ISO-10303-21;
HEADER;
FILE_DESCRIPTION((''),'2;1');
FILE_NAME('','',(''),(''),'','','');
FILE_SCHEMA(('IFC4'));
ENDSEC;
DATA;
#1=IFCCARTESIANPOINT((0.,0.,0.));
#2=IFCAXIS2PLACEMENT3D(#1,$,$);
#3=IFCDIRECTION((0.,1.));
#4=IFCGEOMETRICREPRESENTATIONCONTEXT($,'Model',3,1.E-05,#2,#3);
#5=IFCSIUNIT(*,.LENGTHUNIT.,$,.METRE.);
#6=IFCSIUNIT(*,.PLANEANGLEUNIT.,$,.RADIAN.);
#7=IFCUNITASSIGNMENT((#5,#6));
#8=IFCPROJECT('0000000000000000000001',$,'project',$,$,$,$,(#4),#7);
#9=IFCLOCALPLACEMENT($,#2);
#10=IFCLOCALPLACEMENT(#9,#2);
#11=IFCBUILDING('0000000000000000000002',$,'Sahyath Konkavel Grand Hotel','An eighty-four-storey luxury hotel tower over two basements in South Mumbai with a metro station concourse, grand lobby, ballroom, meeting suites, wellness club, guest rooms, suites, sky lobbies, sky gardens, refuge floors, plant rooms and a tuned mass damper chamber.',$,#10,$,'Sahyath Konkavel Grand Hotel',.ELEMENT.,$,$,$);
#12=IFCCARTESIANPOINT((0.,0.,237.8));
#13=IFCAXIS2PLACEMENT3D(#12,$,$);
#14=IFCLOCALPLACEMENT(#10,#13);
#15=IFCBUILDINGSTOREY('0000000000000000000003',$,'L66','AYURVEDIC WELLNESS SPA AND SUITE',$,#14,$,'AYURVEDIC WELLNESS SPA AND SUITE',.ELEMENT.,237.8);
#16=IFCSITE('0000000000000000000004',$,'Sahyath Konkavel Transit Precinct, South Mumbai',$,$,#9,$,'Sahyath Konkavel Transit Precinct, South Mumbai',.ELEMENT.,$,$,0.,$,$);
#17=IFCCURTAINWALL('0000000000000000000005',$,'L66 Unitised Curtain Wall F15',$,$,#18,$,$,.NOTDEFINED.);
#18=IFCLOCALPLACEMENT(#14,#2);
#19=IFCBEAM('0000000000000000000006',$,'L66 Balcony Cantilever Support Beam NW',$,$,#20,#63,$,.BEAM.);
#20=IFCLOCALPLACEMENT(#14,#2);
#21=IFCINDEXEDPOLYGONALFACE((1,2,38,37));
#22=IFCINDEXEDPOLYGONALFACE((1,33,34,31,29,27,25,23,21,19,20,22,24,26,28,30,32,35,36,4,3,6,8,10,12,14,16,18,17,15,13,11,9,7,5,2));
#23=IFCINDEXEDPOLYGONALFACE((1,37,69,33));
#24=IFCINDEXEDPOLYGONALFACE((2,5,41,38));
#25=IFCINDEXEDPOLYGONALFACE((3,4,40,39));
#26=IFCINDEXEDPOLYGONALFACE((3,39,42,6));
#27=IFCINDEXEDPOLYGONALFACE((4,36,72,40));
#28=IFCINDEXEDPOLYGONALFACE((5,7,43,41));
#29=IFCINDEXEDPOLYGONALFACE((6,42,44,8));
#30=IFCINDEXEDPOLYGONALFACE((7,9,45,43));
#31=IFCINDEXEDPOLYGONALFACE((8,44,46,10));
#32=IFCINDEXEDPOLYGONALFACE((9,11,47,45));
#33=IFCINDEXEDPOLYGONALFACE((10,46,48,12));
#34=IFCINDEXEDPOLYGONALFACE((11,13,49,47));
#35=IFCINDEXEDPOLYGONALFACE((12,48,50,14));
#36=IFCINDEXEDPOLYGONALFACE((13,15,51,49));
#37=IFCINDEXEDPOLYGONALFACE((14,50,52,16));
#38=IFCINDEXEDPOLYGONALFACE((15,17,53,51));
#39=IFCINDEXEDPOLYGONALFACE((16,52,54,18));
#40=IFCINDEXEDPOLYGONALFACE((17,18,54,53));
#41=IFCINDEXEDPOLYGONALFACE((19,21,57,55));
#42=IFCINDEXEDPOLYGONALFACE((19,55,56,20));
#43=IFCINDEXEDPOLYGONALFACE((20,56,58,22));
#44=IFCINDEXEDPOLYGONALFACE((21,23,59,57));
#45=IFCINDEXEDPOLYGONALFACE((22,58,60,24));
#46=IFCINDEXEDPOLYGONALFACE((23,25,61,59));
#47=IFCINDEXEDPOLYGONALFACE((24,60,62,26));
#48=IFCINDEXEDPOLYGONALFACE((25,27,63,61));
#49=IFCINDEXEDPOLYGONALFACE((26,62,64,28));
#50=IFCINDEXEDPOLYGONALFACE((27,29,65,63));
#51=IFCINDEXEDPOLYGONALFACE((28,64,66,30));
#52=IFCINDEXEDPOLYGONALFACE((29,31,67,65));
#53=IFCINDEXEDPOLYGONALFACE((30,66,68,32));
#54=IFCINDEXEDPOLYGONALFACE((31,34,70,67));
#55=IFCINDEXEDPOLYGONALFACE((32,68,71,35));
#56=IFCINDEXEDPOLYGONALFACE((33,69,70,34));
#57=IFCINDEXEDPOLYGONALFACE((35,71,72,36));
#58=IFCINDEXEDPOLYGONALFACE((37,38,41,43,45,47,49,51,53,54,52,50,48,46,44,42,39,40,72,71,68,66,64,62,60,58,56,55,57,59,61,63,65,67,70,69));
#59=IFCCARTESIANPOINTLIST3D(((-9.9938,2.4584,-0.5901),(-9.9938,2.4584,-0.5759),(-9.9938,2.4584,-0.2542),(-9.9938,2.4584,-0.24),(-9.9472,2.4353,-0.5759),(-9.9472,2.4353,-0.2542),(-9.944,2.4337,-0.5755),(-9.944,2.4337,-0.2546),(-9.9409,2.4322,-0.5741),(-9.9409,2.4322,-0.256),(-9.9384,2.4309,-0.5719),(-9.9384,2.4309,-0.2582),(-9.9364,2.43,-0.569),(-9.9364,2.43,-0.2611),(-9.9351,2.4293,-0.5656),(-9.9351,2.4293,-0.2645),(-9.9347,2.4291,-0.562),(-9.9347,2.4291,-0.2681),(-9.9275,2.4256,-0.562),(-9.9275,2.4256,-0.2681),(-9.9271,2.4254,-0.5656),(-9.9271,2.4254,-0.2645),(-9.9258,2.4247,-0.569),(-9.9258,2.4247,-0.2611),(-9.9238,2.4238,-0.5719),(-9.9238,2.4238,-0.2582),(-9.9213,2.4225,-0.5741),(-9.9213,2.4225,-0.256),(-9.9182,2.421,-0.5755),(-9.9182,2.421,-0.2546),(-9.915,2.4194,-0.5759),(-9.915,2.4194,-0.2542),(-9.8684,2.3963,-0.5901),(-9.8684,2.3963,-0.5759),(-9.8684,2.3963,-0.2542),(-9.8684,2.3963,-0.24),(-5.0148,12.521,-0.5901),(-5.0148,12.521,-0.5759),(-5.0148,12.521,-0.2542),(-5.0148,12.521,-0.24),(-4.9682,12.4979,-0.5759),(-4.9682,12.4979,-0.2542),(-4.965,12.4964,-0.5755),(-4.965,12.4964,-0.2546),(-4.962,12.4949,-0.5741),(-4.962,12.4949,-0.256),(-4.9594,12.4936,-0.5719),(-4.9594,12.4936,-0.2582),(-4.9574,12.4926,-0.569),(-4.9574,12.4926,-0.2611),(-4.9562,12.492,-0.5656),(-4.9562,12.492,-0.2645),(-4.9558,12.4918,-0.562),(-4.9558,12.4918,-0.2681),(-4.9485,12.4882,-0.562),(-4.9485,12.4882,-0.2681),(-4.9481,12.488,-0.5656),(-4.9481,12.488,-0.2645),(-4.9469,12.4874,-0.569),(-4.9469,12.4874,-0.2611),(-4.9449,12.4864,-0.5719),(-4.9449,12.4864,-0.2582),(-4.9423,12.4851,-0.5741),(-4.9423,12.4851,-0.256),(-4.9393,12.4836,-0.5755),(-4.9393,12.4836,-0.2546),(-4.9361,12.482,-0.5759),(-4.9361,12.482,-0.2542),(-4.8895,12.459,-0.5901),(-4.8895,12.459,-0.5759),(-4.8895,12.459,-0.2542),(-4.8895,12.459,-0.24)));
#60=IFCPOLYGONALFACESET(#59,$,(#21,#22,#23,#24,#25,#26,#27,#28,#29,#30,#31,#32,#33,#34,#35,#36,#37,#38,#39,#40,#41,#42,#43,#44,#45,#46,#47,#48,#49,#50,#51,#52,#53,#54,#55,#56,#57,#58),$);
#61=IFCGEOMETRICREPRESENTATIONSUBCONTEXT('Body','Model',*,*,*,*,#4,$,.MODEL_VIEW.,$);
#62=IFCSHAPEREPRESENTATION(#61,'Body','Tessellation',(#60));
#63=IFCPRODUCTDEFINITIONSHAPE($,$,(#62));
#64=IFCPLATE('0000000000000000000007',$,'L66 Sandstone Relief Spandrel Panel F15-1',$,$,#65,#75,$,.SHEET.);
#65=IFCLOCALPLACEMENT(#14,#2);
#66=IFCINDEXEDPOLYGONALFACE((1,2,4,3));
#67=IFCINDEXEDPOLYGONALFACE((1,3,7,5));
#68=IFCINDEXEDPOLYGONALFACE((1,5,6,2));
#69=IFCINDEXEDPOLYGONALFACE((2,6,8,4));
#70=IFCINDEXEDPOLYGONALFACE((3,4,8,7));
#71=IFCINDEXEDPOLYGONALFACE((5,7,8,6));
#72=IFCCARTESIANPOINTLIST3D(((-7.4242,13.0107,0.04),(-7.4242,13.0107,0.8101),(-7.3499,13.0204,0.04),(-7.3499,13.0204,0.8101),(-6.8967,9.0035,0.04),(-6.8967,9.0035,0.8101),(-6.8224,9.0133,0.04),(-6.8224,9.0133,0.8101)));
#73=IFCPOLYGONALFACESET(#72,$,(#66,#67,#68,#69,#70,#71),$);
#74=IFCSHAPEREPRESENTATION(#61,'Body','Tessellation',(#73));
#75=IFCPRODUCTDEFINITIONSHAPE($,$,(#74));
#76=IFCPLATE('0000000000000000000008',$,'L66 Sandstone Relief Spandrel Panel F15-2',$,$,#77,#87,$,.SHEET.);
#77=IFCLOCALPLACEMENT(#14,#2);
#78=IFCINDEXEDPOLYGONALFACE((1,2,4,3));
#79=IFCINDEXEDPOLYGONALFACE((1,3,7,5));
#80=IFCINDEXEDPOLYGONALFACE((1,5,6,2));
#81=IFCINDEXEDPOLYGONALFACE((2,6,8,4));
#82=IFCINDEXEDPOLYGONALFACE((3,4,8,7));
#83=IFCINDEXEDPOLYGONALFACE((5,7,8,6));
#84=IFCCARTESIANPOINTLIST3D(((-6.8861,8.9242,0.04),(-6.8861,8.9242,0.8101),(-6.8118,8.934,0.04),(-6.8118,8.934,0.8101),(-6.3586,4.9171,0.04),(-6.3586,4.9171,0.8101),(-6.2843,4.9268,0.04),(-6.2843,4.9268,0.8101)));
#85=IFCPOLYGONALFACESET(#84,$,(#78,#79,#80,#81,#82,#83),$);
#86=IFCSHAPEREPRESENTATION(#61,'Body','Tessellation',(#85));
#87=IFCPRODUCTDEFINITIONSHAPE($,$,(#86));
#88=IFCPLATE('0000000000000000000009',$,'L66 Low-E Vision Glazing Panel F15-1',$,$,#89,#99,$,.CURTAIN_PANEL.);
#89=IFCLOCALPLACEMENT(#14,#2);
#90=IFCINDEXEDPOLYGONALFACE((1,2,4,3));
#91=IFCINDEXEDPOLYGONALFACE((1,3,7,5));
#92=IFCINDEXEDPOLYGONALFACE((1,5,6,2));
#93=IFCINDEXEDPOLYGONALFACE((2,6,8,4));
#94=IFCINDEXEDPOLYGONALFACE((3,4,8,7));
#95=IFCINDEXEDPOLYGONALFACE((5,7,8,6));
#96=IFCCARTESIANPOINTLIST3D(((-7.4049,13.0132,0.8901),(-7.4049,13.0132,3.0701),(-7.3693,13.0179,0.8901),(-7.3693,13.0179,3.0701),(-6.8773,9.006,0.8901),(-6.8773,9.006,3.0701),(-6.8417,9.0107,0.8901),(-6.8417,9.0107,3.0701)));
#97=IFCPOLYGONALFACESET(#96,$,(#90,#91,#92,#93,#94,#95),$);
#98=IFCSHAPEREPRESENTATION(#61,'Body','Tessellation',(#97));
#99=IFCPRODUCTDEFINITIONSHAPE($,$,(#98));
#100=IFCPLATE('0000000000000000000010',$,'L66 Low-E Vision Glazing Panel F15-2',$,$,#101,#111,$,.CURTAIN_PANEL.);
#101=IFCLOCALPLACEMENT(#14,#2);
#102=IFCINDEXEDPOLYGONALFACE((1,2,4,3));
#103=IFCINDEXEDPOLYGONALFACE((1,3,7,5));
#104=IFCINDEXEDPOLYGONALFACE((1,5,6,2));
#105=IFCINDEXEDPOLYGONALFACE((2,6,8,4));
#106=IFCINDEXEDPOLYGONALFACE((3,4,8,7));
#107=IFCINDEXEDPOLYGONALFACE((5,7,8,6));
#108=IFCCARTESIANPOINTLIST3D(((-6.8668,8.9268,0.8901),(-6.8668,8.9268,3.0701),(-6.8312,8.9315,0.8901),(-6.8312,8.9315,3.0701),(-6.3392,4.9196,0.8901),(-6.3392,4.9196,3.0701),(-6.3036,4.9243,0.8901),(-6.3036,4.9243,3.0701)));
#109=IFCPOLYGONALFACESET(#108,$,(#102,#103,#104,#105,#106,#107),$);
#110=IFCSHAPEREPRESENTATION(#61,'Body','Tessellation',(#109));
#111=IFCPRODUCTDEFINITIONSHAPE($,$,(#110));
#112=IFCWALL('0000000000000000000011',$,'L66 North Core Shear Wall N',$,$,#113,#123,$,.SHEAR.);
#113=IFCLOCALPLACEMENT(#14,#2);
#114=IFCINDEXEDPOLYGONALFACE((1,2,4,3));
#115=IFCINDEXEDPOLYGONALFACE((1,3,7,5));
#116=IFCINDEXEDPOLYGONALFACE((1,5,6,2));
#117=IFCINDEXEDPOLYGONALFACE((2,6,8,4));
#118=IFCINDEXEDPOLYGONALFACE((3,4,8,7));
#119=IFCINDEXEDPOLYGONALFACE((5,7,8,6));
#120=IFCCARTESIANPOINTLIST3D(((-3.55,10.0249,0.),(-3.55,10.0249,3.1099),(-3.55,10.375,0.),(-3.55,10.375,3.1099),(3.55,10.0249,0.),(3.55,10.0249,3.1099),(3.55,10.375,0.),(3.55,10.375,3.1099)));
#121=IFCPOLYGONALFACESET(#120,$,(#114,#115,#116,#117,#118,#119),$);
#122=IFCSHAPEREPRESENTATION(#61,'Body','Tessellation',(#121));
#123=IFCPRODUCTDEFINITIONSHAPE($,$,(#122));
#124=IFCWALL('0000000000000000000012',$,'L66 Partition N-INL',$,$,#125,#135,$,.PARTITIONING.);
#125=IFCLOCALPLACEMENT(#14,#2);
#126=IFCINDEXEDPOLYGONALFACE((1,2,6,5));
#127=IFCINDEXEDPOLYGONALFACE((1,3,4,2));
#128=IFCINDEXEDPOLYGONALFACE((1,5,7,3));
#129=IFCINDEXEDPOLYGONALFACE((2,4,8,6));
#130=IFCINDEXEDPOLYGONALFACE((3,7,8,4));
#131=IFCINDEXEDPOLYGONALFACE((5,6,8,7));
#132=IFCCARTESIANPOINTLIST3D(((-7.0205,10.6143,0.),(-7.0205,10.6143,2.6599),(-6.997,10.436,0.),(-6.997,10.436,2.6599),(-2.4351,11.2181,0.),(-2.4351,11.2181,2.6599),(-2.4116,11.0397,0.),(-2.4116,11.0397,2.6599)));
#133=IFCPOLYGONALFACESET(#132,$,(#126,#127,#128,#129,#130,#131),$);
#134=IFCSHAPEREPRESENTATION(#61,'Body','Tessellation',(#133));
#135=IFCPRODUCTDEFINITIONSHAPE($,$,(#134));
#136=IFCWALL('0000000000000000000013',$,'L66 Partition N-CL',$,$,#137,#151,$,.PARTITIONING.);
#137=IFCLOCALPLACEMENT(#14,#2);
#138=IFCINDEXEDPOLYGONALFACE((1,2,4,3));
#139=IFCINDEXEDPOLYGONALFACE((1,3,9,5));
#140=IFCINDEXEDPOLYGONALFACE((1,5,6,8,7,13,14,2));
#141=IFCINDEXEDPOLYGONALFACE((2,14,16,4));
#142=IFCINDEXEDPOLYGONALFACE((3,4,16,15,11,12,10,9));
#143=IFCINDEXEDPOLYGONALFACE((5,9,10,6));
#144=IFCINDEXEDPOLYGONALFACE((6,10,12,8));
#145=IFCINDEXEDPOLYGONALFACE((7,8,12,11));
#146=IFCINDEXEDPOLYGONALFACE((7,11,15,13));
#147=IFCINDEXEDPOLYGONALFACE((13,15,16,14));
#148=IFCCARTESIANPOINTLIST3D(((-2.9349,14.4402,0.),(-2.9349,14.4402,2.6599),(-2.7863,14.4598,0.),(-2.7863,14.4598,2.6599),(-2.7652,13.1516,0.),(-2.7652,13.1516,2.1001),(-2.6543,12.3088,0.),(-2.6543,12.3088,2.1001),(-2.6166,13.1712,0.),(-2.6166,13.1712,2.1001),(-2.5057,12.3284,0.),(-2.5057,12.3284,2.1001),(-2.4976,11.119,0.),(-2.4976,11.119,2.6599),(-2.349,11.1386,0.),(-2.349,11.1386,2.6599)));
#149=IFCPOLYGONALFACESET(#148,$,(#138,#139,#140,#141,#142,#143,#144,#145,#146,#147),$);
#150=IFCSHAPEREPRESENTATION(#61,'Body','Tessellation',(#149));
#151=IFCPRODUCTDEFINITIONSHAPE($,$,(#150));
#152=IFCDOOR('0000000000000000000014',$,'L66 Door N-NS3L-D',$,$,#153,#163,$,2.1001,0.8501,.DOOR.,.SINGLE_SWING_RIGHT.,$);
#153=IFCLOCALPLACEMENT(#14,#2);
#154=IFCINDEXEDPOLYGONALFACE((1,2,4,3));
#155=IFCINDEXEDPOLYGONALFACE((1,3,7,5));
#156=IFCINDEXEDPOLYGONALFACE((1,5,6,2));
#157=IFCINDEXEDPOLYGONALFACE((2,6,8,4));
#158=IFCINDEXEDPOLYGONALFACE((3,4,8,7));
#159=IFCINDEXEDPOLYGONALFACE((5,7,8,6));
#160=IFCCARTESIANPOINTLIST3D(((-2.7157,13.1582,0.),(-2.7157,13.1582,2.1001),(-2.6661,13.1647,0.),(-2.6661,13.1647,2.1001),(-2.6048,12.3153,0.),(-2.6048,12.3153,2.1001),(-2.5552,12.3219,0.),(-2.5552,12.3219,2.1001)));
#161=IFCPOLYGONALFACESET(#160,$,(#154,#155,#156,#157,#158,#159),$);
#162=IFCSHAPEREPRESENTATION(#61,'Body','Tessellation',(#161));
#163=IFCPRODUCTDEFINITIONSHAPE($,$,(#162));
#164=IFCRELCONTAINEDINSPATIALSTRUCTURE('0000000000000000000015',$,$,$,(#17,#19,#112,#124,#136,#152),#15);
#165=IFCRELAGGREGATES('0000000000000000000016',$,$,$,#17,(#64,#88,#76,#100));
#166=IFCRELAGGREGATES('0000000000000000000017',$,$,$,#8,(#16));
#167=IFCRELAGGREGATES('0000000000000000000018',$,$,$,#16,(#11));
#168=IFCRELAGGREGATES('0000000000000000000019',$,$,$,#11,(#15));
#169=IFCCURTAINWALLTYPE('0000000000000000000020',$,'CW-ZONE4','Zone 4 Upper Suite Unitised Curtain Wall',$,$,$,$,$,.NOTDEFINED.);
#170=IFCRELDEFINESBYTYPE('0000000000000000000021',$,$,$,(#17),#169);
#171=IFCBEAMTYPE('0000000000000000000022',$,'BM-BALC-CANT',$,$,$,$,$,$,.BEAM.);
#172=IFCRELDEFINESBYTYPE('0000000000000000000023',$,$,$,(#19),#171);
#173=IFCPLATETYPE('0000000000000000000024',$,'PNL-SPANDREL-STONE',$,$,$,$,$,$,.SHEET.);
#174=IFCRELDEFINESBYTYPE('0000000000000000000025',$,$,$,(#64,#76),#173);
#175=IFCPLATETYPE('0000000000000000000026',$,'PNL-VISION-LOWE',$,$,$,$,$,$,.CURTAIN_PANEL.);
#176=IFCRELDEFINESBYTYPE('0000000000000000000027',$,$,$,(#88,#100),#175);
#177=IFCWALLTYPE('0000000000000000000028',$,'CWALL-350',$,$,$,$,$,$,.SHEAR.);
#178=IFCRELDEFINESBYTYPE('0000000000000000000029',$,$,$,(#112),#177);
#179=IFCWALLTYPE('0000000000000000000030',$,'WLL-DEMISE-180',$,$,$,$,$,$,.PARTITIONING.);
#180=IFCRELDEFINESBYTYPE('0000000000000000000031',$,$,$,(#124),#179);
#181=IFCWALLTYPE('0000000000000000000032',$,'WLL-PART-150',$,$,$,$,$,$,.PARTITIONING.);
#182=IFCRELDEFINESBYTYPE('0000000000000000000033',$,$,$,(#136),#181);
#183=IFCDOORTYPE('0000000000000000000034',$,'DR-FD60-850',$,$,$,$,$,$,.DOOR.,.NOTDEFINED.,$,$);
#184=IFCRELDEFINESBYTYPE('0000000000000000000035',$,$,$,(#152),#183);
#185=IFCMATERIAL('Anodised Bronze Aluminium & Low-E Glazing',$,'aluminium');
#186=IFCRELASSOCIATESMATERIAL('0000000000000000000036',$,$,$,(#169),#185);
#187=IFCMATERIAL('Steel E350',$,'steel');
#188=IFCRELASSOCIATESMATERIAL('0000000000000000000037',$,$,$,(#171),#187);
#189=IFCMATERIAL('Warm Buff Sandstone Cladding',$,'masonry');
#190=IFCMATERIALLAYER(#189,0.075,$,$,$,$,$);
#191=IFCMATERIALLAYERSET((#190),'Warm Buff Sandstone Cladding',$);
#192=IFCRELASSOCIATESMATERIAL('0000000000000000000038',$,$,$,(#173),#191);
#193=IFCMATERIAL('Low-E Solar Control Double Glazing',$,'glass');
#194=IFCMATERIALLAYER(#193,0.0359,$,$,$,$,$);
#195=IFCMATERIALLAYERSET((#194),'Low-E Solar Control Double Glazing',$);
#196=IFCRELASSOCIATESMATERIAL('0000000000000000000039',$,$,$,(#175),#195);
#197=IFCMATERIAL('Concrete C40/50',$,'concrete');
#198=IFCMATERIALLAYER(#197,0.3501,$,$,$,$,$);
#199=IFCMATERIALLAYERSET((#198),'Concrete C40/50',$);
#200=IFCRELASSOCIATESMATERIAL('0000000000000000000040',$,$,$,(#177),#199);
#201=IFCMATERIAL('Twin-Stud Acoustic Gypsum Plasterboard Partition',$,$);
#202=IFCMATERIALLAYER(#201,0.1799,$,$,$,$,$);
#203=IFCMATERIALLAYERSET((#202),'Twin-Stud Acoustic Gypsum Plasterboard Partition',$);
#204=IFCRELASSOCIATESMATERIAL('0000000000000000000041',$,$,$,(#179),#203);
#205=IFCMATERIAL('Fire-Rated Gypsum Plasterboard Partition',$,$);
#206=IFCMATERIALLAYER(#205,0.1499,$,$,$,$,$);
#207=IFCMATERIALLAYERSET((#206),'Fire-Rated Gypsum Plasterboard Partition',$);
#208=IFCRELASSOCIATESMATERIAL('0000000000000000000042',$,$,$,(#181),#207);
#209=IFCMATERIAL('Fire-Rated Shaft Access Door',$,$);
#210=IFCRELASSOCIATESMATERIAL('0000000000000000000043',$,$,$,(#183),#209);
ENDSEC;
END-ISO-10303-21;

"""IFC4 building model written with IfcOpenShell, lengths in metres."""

from ifc_helpers import new_model, si_unit, direction, frame, frame_2d, origin, origin_2d, place, context, subcontext, project, spatial, rectangle, i_section, extrude, source, transform, mapped, material, layer, layer_set, material_profile, profile_set, type_object, element, fill, aggregate, save


model = new_model("IFC4")

# Units and contexts
model_context = context("Model", 3, precision=1e-05, world=origin(), true_north=direction((0.0, 1.0)))
body_context = subcontext(model_context, "Body", "Model", "MODEL_VIEW")
ifc_project = project(units=[si_unit("LENGTHUNIT", "METRE"), si_unit("PLANEANGLEUNIT", "RADIAN")], contexts=[model_context])

# Site, building, storey
site_placement = place(None, origin())
site = spatial("IfcSite", under=ifc_project, at=site_placement, Name="Sahyath Konkavel Transit Precinct, South Mumbai", LongName="Sahyath Konkavel Transit Precinct, South Mumbai", CompositionType="ELEMENT", RefElevation=0.0)
building_placement = place(site_placement, origin())
building = spatial("IfcBuilding", under=site, at=building_placement, Name="Sahyath Konkavel Grand Hotel", Description="An eighty-four-storey luxury hotel tower over two basements in South Mumbai with a metro station concourse, grand lobby, ballroom, meeting suites, wellness club, guest rooms, suites, sky lobbies, sky gardens, refuge floors, plant rooms and a tuned mass damper chamber.", LongName="Sahyath Konkavel Grand Hotel", CompositionType="ELEMENT")
storey_placement = place(building_placement, frame((0.0, 0.0, 237.8)))
storey = spatial("IfcBuildingStorey", under=building, at=storey_placement, Name="L66", Description="AYURVEDIC WELLNESS SPA AND SUITE", LongName="AYURVEDIC WELLNESS SPA AND SUITE", CompositionType="ELEMENT", Elevation=237.8)

# Shared definitions
ifc_material_1 = material(Name="Steel E350", Category="steel")

# Curtain wall
ifc_material_2 = material(Name="Anodised Bronze Aluminium & Low-E Glazing", Category="aluminium")
curtain_wall_type = type_object("IfcCurtainWallType", Name="CW-ZONE4", Description="Zone 4 Upper Suite Unitised Curtain Wall", PredefinedType="NOTDEFINED", material=ifc_material_2)
curtain_wall_placement = place(storey_placement, origin())
curtain_wall = element("IfcCurtainWall", 1, at=curtain_wall_placement, inside=storey, type_object=curtain_wall_type, Name="L66 Unitised Curtain Wall F15", PredefinedType="NOTDEFINED")

# Beam
ifc_material_profile_1 = material_profile(ifc_material_1, i_section(OverallWidth=0.1399, OverallDepth=0.3501, WebThickness=0.0081, FlangeThickness=0.0142, FilletRadius=0.0139, at=origin_2d()), Name="ISMB 350")
ifc_profile_set_1 = profile_set([ifc_material_profile_1], Name="Steel E350")
beam_type_1 = type_object("IfcBeamType", Name="BM-BALC-CANT", PredefinedType="BEAM", material=ifc_profile_set_1)
shared_shape_1 = source(origin(), body_context, "Body", "SweptSolid", [
    extrude(i_section(OverallWidth=0.1399, OverallDepth=0.3501, WebThickness=0.0081, FlangeThickness=0.0142, FilletRadius=0.0139, at=origin_2d()), origin(), (0.0, 0.0, 1.0), 11.2271),
])
beam_1_placement = place(storey_placement, frame((-4.9521, 12.49, -0.415), z_axis=(-0.443478, -0.896285, 0.0), x_axis=(0.896285, -0.443478, 0.0)))
element("IfcBeam", 2, at=beam_1_placement, inside=storey, type_object=beam_type_1, Name="L66 Balcony Cantilever Support Beam NW", PredefinedType="BEAM", context=body_context, shape_type="MappedRepresentation", body=[
    mapped(shared_shape_1, transform((0.0, 0.0, 0.0), scale=1.0)),
])

# Plates
ifc_material_3 = material(Name="Warm Buff Sandstone Cladding", Category="masonry")
ifc_layer_1 = layer(ifc_material_3, 0.075)
ifc_layer_set_1 = layer_set([ifc_layer_1], Name="Warm Buff Sandstone Cladding")
plate_type_1 = type_object("IfcPlateType", Name="PNL-SPANDREL-STONE", PredefinedType="SHEET", material=ifc_layer_set_1)
shared_shape_2 = source(origin(), body_context, "Body", "SweptSolid", [
    extrude(rectangle(XDim=4.0417, YDim=0.075, at=origin_2d()), origin(), (0.0, 0.0, 1.0), 0.77),
])
plate_1_placement = place(storey_placement, frame((-7.1233, 11.012, 0.04), z_axis=(0.0, 0.0, 1.0), x_axis=(0.130526, -0.991445, 0.0)))
plate_1 = element("IfcPlate", 3, at=plate_1_placement, type_object=plate_type_1, Name="L66 Sandstone Relief Spandrel Panel F15-1", PredefinedType="SHEET", context=body_context, shape_type="MappedRepresentation", body=[
    mapped(shared_shape_2, transform((0.0, 0.0, 0.0), scale=1.0)),
])
plate_2_placement = place(storey_placement, frame((-6.5852, 6.9255, 0.04), z_axis=(0.0, 0.0, 1.0), x_axis=(0.130526, -0.991445, 0.0)))
plate_2 = element("IfcPlate", 4, at=plate_2_placement, type_object=plate_type_1, Name="L66 Sandstone Relief Spandrel Panel F15-2", PredefinedType="SHEET", context=body_context, shape_type="MappedRepresentation", body=[
    mapped(shared_shape_2, transform((0.0, 0.0, 0.0), scale=1.0)),
])
ifc_material_4 = material(Name="Low-E Solar Control Double Glazing", Category="glass")
ifc_layer_2 = layer(ifc_material_4, 0.0359)
ifc_layer_set_2 = layer_set([ifc_layer_2], Name="Low-E Solar Control Double Glazing")
plate_type_2 = type_object("IfcPlateType", Name="PNL-VISION-LOWE", PredefinedType="CURTAIN_PANEL", material=ifc_layer_set_2)
shared_shape_3 = source(origin(), body_context, "Body", "SweptSolid", [
    extrude(rectangle(XDim=4.0417, YDim=0.0359, at=origin_2d()), origin(), (0.0, 0.0, 1.0), 2.1799),
])
plate_3_placement = place(storey_placement, frame((-7.1233, 11.012, 0.8901), z_axis=(0.0, 0.0, 1.0), x_axis=(0.130526, -0.991445, 0.0)))
plate_3 = element("IfcPlate", 5, at=plate_3_placement, type_object=plate_type_2, Name="L66 Low-E Vision Glazing Panel F15-1", PredefinedType="CURTAIN_PANEL", context=body_context, shape_type="MappedRepresentation", body=[
    mapped(shared_shape_3, transform((0.0, 0.0, 0.0), scale=1.0)),
])
plate_4_placement = place(storey_placement, frame((-6.5852, 6.9255, 0.8901), z_axis=(0.0, 0.0, 1.0), x_axis=(0.130526, -0.991445, 0.0)))
plate_4 = element("IfcPlate", 6, at=plate_4_placement, type_object=plate_type_2, Name="L66 Low-E Vision Glazing Panel F15-2", PredefinedType="CURTAIN_PANEL", context=body_context, shape_type="MappedRepresentation", body=[
    mapped(shared_shape_3, transform((0.0, 0.0, 0.0), scale=1.0)),
])
aggregate(curtain_wall, [plate_1, plate_3, plate_2, plate_4])

# Walls
ifc_material_5 = material(Name="Concrete C40/50", Category="concrete")
ifc_layer_3 = layer(ifc_material_5, 0.3501)
ifc_layer_set_3 = layer_set([ifc_layer_3], Name="Concrete C40/50")
wall_type_1 = type_object("IfcWallType", Name="CWALL-350", PredefinedType="SHEAR", material=ifc_layer_set_3)
wall_1_placement = place(storey_placement, frame((-3.55, 10.2, 0.0), z_axis=(0.0, 0.0, 1.0), x_axis=(1.0, 0.0, 0.0)))
element("IfcWall", 7, at=wall_1_placement, inside=storey, type_object=wall_type_1, Name="L66 North Core Shear Wall N", PredefinedType="SHEAR", context=body_context, shape_type="SweptSolid", body=[
    extrude(rectangle(XDim=7.1001, YDim=0.3501, at=frame_2d((3.55, 0.0))), origin(), (0.0, 0.0, 1.0), 3.1099),
])
ifc_material_6 = material(Name="Twin-Stud Acoustic Gypsum Plasterboard Partition")
ifc_layer_4 = layer(ifc_material_6, 0.1799)
ifc_layer_set_4 = layer_set([ifc_layer_4], Name="Twin-Stud Acoustic Gypsum Plasterboard Partition")
wall_type_2 = type_object("IfcWallType", Name="WLL-DEMISE-180", PredefinedType="PARTITIONING", material=ifc_layer_set_4)
wall_2_placement = place(storey_placement, frame((-2.4233, 11.1289, 0.0), z_axis=(0.0, 0.0, 1.0), x_axis=(-0.991443, -0.130542, 0.0)))
element("IfcWall", 8, at=wall_2_placement, inside=storey, type_object=wall_type_2, Name="L66 Partition N-INL", PredefinedType="PARTITIONING", context=body_context, shape_type="SweptSolid", body=[
    extrude(rectangle(XDim=4.625, YDim=0.1799, at=frame_2d((2.3125, 0.0))), origin(), (0.0, 0.0, 1.0), 2.6599),
])

# Wall, opening, door
ifc_material_7 = material(Name="Fire-Rated Gypsum Plasterboard Partition")
ifc_layer_5 = layer(ifc_material_7, 0.1499)
ifc_layer_set_5 = layer_set([ifc_layer_5], Name="Fire-Rated Gypsum Plasterboard Partition")
wall_type_3 = type_object("IfcWallType", Name="WLL-PART-150", PredefinedType="PARTITIONING", material=ifc_layer_set_5)
wall_3_placement = place(storey_placement, frame((-2.4233, 11.1289, 0.0), z_axis=(0.0, 0.0, 1.0), x_axis=(-0.130526, 0.991445, 0.0)))
wall_3 = element("IfcWall", 9, at=wall_3_placement, inside=storey, type_object=wall_type_3, Name="L66 Partition N-CL", PredefinedType="PARTITIONING", context=body_context, shape_type="SweptSolid", body=[
    extrude(rectangle(XDim=3.3499, YDim=0.1499, at=frame_2d((1.6748, 0.0))), origin(), (0.0, 0.0, 1.0), 2.6599),
])
opening_1_placement = place(wall_3_placement, frame((1.2, 0.0, 0.0)))
opening_1 = element("IfcOpeningElement", 10, at=opening_1_placement, cuts=wall_3, PredefinedType="OPENING", context=body_context, shape_type="SweptSolid", body=[
    extrude(rectangle(XDim=0.8501, YDim=2.1001, at=frame_2d((0.425, 1.05))), frame((0.0, 0.085, 0.0), z_axis=(0.0, -1.0, 0.0), x_axis=(1.0, 0.0, 0.0)), (0.0, 0.0, 1.0), 0.1699),
])
ifc_material_8 = material(Name="Fire-Rated Shaft Access Door")
door_type = type_object("IfcDoorType", Name="DR-FD60-850", OperationType="NOTDEFINED", PredefinedType="DOOR", material=ifc_material_8)
shared_shape_4 = source(origin(), body_context, "Body", "SweptSolid", [
    extrude(rectangle(XDim=0.8501, YDim=0.05, at=origin_2d()), origin(), (0.0, 0.0, 1.0), 2.1001),
])
door_1_placement = place(opening_1_placement, frame((0.425, 0.0, 0.0)))
door_1 = element("IfcDoor", 11, at=door_1_placement, inside=storey, type_object=door_type, Name="L66 Door N-NS3L-D", OperationType="SINGLE_SWING_RIGHT", OverallHeight=2.1001, OverallWidth=0.8501, PredefinedType="DOOR", context=body_context, shape_type="MappedRepresentation", body=[
    mapped(shared_shape_4, transform((0.0, 0.0, 0.0), scale=1.0)),
])
fill(opening_1, door_1)

save(model, "model.ifc")
